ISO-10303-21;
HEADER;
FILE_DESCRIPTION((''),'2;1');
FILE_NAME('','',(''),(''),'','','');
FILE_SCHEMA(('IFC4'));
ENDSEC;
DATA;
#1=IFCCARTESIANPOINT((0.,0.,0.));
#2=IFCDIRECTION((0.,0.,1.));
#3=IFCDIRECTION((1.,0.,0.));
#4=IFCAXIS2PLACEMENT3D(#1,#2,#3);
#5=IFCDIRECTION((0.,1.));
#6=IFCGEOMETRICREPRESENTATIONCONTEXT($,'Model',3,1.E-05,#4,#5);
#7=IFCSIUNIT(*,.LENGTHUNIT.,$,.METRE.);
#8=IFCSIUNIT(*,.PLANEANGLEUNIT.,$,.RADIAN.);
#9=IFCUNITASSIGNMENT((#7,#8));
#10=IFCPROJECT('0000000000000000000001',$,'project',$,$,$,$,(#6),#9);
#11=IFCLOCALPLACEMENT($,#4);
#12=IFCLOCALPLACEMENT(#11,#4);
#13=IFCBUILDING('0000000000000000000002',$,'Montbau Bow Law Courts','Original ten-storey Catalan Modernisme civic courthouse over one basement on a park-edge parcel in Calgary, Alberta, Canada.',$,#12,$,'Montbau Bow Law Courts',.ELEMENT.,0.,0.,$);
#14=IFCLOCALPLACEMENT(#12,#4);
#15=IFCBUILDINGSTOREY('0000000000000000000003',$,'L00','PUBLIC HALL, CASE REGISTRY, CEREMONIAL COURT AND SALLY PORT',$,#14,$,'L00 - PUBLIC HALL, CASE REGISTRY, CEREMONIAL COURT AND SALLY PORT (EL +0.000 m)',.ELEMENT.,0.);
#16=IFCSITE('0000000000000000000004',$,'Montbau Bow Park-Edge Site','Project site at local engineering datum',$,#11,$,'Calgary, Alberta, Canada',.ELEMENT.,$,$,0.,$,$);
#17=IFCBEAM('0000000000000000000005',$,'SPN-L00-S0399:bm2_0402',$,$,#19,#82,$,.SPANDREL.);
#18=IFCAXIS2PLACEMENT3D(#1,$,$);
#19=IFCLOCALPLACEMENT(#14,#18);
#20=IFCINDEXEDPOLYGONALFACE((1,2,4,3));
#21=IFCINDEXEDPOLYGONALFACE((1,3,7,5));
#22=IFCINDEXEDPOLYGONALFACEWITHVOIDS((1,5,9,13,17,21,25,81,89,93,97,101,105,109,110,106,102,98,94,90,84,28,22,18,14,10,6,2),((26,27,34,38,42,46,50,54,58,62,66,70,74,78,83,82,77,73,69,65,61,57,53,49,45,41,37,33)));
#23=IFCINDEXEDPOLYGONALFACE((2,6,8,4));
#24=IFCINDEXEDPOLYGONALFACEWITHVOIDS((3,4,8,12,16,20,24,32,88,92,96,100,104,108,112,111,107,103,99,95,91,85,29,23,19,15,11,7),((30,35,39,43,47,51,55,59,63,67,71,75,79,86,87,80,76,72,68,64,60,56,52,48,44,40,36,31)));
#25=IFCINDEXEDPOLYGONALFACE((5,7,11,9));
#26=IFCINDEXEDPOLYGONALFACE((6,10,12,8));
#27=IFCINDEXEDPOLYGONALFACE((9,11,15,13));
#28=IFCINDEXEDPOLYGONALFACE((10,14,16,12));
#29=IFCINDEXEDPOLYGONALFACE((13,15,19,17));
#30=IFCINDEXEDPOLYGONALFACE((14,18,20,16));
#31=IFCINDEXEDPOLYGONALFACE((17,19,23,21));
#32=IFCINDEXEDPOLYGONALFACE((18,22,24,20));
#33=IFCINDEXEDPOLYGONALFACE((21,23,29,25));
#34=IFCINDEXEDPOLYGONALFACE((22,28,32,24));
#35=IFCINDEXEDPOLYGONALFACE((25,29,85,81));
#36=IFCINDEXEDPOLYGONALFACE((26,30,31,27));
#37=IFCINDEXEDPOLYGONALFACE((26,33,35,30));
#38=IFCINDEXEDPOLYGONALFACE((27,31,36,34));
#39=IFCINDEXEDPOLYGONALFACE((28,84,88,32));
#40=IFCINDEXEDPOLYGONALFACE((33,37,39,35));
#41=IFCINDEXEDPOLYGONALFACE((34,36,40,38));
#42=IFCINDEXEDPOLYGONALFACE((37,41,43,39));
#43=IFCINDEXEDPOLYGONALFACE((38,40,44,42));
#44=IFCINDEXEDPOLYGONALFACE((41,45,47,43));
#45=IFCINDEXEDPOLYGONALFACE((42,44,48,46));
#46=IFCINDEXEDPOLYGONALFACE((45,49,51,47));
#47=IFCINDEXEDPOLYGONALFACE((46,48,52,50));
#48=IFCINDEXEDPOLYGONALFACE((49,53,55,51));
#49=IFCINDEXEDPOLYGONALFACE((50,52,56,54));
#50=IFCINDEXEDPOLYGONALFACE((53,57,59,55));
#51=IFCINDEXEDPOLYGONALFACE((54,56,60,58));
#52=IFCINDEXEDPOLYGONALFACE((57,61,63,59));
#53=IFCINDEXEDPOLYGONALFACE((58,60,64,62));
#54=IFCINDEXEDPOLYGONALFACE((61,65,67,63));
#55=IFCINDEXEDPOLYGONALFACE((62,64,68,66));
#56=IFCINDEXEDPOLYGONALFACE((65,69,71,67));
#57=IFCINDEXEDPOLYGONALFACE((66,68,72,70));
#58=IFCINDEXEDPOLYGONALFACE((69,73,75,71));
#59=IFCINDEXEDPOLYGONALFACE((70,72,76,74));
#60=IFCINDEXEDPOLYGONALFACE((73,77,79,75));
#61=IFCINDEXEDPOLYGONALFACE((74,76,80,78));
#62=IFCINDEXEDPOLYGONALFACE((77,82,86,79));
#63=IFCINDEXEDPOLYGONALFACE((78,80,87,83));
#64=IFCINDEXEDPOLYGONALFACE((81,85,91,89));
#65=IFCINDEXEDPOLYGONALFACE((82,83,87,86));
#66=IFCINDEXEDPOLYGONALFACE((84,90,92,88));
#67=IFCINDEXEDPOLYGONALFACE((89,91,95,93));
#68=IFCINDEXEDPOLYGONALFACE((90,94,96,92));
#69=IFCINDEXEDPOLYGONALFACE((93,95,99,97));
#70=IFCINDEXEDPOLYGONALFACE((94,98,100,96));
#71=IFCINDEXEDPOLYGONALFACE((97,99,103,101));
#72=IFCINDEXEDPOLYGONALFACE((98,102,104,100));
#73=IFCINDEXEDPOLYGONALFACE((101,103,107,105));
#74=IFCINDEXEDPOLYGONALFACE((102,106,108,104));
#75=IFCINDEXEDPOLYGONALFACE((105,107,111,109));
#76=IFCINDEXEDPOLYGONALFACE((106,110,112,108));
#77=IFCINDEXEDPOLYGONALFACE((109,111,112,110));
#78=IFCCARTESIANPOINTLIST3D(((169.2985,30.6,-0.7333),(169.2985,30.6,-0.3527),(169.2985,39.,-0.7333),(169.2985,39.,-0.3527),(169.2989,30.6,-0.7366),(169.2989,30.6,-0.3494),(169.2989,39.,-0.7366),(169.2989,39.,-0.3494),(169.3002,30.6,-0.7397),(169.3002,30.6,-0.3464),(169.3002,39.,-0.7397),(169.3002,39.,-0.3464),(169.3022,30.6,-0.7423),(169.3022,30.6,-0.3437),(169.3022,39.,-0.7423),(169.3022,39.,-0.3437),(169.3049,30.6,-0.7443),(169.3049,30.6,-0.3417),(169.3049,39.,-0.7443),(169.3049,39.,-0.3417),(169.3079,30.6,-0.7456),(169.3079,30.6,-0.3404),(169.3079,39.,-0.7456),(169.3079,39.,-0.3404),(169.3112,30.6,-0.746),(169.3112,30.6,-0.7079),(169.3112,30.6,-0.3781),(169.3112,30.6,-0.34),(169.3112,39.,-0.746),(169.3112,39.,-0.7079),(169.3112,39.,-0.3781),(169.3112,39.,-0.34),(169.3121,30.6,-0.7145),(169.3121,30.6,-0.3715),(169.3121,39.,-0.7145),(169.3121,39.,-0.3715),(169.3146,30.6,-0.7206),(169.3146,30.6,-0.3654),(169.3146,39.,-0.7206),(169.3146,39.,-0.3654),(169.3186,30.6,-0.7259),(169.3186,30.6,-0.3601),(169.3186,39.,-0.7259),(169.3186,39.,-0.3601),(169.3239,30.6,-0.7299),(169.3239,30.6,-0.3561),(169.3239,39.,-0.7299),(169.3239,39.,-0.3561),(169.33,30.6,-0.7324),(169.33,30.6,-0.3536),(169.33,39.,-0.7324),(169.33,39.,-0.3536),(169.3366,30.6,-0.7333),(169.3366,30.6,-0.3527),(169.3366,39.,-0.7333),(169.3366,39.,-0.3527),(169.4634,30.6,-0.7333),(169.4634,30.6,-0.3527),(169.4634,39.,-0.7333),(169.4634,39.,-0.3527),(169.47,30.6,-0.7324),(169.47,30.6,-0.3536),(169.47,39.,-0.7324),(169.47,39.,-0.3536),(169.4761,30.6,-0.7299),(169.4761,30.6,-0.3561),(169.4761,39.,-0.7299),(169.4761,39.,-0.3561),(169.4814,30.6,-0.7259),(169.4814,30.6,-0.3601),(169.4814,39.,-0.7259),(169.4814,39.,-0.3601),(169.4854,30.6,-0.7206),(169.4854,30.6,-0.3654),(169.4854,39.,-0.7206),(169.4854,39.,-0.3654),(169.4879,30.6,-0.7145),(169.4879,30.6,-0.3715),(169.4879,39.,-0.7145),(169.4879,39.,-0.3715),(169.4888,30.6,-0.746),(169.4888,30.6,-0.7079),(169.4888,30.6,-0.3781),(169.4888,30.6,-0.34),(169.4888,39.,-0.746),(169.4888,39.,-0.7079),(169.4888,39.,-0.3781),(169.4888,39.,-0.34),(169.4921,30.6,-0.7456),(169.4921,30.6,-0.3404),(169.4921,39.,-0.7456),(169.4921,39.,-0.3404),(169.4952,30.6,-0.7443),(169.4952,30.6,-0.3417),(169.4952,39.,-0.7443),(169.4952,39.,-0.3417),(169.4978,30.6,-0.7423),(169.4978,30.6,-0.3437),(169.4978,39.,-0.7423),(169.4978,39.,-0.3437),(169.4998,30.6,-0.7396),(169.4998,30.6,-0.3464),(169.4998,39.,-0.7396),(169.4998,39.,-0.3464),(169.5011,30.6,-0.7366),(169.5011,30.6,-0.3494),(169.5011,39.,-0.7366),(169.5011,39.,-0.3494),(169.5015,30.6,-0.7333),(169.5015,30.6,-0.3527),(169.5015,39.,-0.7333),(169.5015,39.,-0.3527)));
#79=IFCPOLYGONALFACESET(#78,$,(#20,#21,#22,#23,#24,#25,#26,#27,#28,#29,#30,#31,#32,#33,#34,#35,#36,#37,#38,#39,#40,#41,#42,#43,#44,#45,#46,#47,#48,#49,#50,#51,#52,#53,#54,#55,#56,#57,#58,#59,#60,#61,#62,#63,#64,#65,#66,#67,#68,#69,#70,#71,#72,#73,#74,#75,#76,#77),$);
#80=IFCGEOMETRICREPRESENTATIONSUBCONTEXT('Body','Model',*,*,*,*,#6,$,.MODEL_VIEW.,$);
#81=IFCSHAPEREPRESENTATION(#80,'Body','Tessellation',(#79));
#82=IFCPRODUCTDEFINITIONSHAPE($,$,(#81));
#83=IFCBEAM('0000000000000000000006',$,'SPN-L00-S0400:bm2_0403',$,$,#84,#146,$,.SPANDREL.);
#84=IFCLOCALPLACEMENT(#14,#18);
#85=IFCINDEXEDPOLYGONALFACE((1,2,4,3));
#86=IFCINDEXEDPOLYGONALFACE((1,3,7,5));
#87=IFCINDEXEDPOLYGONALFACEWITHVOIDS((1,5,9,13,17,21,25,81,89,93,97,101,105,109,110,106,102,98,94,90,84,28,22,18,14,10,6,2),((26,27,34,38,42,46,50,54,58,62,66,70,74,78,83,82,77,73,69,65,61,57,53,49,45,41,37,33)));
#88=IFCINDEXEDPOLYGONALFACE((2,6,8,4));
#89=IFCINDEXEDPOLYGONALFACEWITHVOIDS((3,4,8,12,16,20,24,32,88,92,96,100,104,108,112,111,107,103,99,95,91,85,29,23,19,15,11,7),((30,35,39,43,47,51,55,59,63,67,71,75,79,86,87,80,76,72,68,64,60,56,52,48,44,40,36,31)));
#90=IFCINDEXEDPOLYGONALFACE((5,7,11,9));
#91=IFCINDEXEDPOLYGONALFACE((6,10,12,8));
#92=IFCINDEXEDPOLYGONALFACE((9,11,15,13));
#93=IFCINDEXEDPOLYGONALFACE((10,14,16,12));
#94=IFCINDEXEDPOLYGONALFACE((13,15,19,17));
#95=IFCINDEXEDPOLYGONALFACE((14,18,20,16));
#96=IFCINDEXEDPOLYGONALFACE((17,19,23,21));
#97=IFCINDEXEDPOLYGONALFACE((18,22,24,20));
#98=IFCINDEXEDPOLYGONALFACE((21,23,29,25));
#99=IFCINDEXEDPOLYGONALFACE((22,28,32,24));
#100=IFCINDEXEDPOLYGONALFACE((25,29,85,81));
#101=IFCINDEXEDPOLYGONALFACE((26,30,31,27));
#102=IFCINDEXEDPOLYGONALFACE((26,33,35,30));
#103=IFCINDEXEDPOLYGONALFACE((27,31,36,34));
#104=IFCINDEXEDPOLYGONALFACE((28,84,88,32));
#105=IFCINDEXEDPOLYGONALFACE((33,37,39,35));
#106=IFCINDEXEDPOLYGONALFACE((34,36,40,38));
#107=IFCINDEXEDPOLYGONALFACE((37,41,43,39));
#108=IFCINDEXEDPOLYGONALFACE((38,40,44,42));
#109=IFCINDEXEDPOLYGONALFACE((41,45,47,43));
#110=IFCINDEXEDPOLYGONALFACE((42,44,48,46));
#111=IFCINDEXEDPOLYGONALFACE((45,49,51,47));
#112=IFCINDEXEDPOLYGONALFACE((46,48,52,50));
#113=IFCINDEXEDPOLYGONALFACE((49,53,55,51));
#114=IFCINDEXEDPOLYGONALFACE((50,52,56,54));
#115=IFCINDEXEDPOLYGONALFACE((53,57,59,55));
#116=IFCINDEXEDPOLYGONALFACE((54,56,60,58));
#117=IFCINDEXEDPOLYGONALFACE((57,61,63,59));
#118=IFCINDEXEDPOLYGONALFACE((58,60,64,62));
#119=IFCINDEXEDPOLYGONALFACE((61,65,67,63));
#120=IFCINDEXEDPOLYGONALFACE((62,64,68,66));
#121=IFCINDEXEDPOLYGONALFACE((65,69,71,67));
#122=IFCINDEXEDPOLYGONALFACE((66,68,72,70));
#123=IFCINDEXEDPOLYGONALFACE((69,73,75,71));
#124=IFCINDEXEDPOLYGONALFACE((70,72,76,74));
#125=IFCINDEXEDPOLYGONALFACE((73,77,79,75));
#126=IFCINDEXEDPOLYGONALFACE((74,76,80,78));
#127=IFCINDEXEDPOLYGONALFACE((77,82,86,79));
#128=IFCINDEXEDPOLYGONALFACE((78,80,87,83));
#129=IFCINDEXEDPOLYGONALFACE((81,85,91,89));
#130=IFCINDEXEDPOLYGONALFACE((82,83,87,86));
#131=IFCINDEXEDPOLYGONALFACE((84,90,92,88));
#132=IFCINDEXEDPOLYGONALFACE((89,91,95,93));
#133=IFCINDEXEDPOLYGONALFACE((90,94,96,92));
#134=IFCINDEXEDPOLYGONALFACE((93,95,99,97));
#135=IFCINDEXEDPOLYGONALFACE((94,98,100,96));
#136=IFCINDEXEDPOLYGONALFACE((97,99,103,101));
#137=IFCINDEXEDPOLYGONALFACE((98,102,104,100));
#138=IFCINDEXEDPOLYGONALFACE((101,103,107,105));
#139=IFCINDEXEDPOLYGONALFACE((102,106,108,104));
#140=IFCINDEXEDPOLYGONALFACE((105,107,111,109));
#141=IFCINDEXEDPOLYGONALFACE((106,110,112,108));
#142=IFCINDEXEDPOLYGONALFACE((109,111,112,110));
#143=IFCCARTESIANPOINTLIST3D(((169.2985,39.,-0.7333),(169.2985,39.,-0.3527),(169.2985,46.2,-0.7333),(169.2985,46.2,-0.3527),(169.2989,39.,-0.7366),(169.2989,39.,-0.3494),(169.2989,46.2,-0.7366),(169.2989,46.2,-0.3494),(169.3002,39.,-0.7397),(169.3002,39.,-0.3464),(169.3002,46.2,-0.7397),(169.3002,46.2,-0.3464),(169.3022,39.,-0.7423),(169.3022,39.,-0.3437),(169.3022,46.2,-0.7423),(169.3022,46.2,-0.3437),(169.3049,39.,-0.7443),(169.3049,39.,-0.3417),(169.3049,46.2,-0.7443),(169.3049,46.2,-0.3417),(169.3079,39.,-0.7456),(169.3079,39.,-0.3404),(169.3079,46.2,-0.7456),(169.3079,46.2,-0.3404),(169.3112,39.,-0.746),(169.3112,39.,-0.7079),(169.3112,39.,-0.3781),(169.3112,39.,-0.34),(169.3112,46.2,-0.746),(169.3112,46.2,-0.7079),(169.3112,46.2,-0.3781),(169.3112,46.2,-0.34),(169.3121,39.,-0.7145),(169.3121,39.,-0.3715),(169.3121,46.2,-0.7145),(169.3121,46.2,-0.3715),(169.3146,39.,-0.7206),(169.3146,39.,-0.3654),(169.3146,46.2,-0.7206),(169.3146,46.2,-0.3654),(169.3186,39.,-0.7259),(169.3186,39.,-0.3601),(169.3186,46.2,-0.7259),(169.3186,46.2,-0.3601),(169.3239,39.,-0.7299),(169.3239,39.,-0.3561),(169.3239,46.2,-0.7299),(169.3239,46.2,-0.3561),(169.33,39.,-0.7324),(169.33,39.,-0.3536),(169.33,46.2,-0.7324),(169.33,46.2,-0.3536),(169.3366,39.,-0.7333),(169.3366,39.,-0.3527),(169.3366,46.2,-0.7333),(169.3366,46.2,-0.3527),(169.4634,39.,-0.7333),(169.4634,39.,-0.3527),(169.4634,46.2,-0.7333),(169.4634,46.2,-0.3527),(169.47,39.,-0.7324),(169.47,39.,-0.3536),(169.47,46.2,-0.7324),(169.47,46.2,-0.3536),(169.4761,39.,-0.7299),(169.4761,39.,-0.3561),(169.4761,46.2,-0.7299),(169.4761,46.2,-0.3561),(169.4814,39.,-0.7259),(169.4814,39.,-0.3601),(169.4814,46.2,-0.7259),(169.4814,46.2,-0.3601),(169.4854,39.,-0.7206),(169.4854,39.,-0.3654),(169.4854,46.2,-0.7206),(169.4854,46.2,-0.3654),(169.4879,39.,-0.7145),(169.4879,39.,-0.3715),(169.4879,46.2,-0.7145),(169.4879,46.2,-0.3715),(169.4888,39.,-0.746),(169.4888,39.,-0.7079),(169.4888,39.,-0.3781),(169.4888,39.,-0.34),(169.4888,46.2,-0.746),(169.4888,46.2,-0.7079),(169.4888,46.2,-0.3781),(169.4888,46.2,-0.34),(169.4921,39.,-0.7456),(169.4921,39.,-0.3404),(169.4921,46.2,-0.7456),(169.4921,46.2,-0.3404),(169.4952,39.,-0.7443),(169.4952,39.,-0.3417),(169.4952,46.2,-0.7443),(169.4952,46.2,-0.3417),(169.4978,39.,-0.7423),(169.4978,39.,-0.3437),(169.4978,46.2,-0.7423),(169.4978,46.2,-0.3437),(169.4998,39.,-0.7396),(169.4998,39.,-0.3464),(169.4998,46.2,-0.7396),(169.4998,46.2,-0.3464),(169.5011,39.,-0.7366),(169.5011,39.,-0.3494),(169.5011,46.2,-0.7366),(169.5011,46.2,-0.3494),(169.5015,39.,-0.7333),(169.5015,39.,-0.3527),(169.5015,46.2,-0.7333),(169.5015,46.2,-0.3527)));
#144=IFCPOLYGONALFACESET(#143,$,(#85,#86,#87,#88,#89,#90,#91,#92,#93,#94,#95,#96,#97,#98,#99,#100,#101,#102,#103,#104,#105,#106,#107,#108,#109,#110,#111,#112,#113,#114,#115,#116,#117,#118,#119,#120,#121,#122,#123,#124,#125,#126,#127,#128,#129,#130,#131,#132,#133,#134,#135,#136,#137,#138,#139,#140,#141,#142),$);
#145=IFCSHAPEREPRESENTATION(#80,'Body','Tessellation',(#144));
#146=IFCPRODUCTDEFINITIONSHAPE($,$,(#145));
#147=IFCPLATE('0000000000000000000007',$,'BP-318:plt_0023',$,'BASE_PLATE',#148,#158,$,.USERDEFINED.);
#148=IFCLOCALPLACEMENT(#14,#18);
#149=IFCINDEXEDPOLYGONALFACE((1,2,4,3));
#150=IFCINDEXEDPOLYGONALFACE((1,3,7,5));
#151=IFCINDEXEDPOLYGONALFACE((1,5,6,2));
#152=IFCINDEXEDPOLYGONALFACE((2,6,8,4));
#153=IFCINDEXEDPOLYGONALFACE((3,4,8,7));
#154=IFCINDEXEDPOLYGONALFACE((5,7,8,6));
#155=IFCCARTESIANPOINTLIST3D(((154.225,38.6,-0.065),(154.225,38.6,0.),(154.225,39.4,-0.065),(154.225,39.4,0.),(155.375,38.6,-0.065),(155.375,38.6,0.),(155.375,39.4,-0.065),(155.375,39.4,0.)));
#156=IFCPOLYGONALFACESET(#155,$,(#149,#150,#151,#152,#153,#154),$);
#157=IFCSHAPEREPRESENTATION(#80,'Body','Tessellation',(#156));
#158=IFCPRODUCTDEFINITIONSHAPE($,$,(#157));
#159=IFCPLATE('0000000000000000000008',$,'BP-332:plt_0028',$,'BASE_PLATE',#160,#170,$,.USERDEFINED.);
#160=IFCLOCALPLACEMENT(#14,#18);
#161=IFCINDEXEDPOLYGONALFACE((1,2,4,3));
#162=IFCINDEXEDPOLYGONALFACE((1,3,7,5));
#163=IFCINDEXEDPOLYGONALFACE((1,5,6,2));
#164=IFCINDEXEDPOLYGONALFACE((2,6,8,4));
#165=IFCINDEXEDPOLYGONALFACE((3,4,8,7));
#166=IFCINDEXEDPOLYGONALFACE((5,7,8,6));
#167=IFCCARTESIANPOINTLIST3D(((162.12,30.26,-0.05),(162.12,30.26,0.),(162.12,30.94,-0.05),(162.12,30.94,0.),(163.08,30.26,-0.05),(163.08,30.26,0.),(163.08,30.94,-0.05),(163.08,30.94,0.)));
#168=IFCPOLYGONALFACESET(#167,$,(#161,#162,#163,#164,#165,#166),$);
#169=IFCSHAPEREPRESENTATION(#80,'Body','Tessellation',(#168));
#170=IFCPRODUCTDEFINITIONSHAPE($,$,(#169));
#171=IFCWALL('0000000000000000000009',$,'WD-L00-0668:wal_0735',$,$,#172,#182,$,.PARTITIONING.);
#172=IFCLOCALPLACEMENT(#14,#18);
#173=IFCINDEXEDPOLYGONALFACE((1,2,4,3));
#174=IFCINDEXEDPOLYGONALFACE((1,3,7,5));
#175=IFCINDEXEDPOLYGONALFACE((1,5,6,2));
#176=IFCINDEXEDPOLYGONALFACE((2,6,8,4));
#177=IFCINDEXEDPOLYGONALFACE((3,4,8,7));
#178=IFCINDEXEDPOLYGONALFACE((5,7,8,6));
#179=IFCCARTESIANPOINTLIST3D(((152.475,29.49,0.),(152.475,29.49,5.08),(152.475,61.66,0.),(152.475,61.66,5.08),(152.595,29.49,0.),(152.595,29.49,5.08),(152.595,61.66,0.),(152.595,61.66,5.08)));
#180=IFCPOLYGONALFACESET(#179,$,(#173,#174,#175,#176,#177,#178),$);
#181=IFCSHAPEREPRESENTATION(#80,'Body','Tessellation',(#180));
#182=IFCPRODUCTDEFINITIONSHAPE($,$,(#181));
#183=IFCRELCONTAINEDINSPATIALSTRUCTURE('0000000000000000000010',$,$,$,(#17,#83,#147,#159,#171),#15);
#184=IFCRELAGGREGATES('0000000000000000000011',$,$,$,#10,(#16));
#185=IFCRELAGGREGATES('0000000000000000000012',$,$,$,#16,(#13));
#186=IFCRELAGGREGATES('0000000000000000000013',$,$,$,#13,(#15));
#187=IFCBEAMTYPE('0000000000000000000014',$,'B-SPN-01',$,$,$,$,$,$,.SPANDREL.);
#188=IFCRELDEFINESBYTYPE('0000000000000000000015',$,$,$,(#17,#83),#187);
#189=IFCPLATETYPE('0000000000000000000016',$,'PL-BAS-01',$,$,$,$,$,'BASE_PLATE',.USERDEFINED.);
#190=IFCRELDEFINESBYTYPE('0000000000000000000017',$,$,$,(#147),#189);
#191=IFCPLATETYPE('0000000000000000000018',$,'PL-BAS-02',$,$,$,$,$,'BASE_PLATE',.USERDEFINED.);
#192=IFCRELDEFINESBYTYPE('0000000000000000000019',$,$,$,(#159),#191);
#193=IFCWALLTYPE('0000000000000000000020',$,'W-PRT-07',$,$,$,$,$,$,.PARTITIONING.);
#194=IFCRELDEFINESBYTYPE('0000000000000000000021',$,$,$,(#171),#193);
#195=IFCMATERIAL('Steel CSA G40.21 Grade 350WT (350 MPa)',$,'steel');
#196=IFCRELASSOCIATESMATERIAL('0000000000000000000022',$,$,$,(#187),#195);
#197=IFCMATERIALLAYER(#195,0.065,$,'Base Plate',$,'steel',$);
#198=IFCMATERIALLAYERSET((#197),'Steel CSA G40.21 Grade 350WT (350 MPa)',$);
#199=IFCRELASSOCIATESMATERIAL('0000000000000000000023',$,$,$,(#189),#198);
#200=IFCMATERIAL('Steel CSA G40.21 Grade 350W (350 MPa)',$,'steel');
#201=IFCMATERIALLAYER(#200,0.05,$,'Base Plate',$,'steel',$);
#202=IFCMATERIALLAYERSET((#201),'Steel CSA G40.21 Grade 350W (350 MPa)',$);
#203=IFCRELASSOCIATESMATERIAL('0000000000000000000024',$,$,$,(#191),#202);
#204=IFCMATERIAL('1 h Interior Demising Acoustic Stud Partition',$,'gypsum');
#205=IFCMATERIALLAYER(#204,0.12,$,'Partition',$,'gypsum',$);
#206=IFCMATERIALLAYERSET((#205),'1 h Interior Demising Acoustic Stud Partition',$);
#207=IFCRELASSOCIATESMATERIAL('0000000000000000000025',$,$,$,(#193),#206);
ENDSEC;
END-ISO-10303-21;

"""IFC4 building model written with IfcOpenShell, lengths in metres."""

from ifc_helpers import new_model, si_unit, direction, frame, frame_2d, origin_with_axes, origin_2d_with_axis, place, context, subcontext, project, spatial, rectangle, hollow_rectangle, extrude, material, layer, layer_set, material_profile, profile_set, type_object, element, save


model = new_model("IFC4")

# Units and contexts
model_context = context("Model", 3, precision=1e-05, world=origin_with_axes(), true_north=direction((0.0, 1.0)))
body_context = subcontext(model_context, "Body", "Model", "MODEL_VIEW")
ifc_project = project(units=[si_unit("LENGTHUNIT", "METRE"), si_unit("PLANEANGLEUNIT", "RADIAN")], contexts=[model_context])

# Site, building, storey
site_placement = place(None, origin_with_axes())
site = spatial("IfcSite", under=ifc_project, at=site_placement, Name="Montbau Bow Park-Edge Site", Description="Project site at local engineering datum", LongName="Calgary, Alberta, Canada", CompositionType="ELEMENT", RefElevation=0.0)
building_placement = place(site_placement, origin_with_axes())
building = spatial("IfcBuilding", under=site, at=building_placement, Name="Montbau Bow Law Courts", Description="Original ten-storey Catalan Modernisme civic courthouse over one basement on a park-edge parcel in Calgary, Alberta, Canada.", LongName="Montbau Bow Law Courts", CompositionType="ELEMENT", ElevationOfRefHeight=0.0, ElevationOfTerrain=0.0)
storey_placement = place(building_placement, origin_with_axes())
storey = spatial("IfcBuildingStorey", under=building, at=storey_placement, Name="L00", Description="PUBLIC HALL, CASE REGISTRY, CEREMONIAL COURT AND SALLY PORT", LongName="L00 - PUBLIC HALL, CASE REGISTRY, CEREMONIAL COURT AND SALLY PORT (EL +0.000 m)", CompositionType="ELEMENT", Elevation=0.0)

# Shared definitions
ifc_material_1 = material(Name="Steel CSA G40.21 Grade 350W (350 MPa)", Category="steel")

# Beams
ifc_material_2 = material(Name="Steel CSA G40.21 Grade 350WT (350 MPa)", Category="steel")
ifc_material_profile_1 = material_profile(ifc_material_2, hollow_rectangle(XDim=0.203, YDim=0.406, WallThickness=0.0127, InnerFilletRadius=0.0254, OuterFilletRadius=0.0127, at=origin_2d_with_axis()), Name="HSS406X203X13", Category="Main", Priority=0)
ifc_profile_set_1 = profile_set([ifc_material_profile_1], Name="Steel CSA G40.21 Grade 350WT (350 MPa)")
beam_type_1 = type_object("IfcBeamType", Name="B-SPN-01", PredefinedType="SPANDREL", material=ifc_profile_set_1)
beam_1_placement = place(None, frame((169.4, 30.6, -0.543), z_axis=(0.0, 1.0, 0.0), x_axis=(-1.0, 0.0, 0.0)))
element("IfcBeam", 1, at=beam_1_placement, inside=storey, type_object=beam_type_1, Name="SPN-L00-S0399:bm2_0402", PredefinedType="SPANDREL", context=body_context, shape_type="SweptSolid", body=[
    extrude(hollow_rectangle(XDim=0.203, YDim=0.406, WallThickness=0.0127, InnerFilletRadius=0.0254, OuterFilletRadius=0.0127, at=origin_2d_with_axis()), origin_with_axes(), (0.0, 0.0, 1.0), 8.4),
])
beam_2_placement = place(None, frame((169.4, 39.0, -0.543), z_axis=(0.0, 1.0, 0.0), x_axis=(-1.0, 0.0, 0.0)))
element("IfcBeam", 2, at=beam_2_placement, inside=storey, type_object=beam_type_1, Name="SPN-L00-S0400:bm2_0403", PredefinedType="SPANDREL", context=body_context, shape_type="SweptSolid", body=[
    extrude(hollow_rectangle(XDim=0.203, YDim=0.406, WallThickness=0.0127, InnerFilletRadius=0.0254, OuterFilletRadius=0.0127, at=origin_2d_with_axis()), origin_with_axes(), (0.0, 0.0, 1.0), 7.2),
])

# Plates
ifc_layer_1 = layer(ifc_material_2, 0.065, Name="Base Plate", Category="steel")
ifc_layer_set_1 = layer_set([ifc_layer_1], Name="Steel CSA G40.21 Grade 350WT (350 MPa)")
plate_type_1 = type_object("IfcPlateType", Name="PL-BAS-01", ElementType="BASE_PLATE", PredefinedType="USERDEFINED", material=ifc_layer_set_1)
plate_1_placement = place(None, frame((154.8, 39.0, -0.065), z_axis=(0.0, 0.0, 1.0), x_axis=(1.0, 0.0, 0.0)))
element("IfcPlate", 3, at=plate_1_placement, inside=storey, type_object=plate_type_1, Name="BP-318:plt_0023", ObjectType="BASE_PLATE", PredefinedType="USERDEFINED", context=body_context, shape_type="SweptSolid", body=[
    extrude(rectangle(XDim=1.15, YDim=0.8, at=origin_2d_with_axis()), origin_with_axes(), (0.0, 0.0, 1.0), 0.065),
])
ifc_layer_2 = layer(ifc_material_1, 0.05, Name="Base Plate", Category="steel")
ifc_layer_set_2 = layer_set([ifc_layer_2], Name="Steel CSA G40.21 Grade 350W (350 MPa)")
plate_type_2 = type_object("IfcPlateType", Name="PL-BAS-02", ElementType="BASE_PLATE", PredefinedType="USERDEFINED", material=ifc_layer_set_2)
plate_2_placement = place(None, frame((162.6, 30.6, -0.05), z_axis=(0.0, 0.0, 1.0), x_axis=(1.0, 0.0, 0.0)))
element("IfcPlate", 4, at=plate_2_placement, inside=storey, type_object=plate_type_2, Name="BP-332:plt_0028", ObjectType="BASE_PLATE", PredefinedType="USERDEFINED", context=body_context, shape_type="SweptSolid", body=[
    extrude(rectangle(XDim=0.96, YDim=0.68, at=origin_2d_with_axis()), origin_with_axes(), (0.0, 0.0, 1.0), 0.05),
])

# Wall
ifc_material_3 = material(Name="1 h Interior Demising Acoustic Stud Partition", Category="gypsum")
ifc_layer_3 = layer(ifc_material_3, 0.12, Name="Partition", Category="gypsum")
ifc_layer_set_3 = layer_set([ifc_layer_3], Name="1 h Interior Demising Acoustic Stud Partition")
wall_type_1 = type_object("IfcWallType", Name="W-PRT-07", PredefinedType="PARTITIONING", material=ifc_layer_set_3)
wall_1_placement = place(None, frame((152.535, 29.49, 0.0), z_axis=(0.0, 0.0, 1.0), x_axis=(0.0, 1.0, 0.0)))
element("IfcWall", 5, at=wall_1_placement, inside=storey, type_object=wall_type_1, Name="WD-L00-0668:wal_0735", PredefinedType="PARTITIONING", context=body_context, shape_type="SweptSolid", body=[
    extrude(rectangle(XDim=32.17, YDim=0.12, at=frame_2d((16.085, 0.0), x_axis=(1.0, 0.0))), origin_with_axes(), (0.0, 0.0, 1.0), 5.08),
])

save(model, "model.ifc")
